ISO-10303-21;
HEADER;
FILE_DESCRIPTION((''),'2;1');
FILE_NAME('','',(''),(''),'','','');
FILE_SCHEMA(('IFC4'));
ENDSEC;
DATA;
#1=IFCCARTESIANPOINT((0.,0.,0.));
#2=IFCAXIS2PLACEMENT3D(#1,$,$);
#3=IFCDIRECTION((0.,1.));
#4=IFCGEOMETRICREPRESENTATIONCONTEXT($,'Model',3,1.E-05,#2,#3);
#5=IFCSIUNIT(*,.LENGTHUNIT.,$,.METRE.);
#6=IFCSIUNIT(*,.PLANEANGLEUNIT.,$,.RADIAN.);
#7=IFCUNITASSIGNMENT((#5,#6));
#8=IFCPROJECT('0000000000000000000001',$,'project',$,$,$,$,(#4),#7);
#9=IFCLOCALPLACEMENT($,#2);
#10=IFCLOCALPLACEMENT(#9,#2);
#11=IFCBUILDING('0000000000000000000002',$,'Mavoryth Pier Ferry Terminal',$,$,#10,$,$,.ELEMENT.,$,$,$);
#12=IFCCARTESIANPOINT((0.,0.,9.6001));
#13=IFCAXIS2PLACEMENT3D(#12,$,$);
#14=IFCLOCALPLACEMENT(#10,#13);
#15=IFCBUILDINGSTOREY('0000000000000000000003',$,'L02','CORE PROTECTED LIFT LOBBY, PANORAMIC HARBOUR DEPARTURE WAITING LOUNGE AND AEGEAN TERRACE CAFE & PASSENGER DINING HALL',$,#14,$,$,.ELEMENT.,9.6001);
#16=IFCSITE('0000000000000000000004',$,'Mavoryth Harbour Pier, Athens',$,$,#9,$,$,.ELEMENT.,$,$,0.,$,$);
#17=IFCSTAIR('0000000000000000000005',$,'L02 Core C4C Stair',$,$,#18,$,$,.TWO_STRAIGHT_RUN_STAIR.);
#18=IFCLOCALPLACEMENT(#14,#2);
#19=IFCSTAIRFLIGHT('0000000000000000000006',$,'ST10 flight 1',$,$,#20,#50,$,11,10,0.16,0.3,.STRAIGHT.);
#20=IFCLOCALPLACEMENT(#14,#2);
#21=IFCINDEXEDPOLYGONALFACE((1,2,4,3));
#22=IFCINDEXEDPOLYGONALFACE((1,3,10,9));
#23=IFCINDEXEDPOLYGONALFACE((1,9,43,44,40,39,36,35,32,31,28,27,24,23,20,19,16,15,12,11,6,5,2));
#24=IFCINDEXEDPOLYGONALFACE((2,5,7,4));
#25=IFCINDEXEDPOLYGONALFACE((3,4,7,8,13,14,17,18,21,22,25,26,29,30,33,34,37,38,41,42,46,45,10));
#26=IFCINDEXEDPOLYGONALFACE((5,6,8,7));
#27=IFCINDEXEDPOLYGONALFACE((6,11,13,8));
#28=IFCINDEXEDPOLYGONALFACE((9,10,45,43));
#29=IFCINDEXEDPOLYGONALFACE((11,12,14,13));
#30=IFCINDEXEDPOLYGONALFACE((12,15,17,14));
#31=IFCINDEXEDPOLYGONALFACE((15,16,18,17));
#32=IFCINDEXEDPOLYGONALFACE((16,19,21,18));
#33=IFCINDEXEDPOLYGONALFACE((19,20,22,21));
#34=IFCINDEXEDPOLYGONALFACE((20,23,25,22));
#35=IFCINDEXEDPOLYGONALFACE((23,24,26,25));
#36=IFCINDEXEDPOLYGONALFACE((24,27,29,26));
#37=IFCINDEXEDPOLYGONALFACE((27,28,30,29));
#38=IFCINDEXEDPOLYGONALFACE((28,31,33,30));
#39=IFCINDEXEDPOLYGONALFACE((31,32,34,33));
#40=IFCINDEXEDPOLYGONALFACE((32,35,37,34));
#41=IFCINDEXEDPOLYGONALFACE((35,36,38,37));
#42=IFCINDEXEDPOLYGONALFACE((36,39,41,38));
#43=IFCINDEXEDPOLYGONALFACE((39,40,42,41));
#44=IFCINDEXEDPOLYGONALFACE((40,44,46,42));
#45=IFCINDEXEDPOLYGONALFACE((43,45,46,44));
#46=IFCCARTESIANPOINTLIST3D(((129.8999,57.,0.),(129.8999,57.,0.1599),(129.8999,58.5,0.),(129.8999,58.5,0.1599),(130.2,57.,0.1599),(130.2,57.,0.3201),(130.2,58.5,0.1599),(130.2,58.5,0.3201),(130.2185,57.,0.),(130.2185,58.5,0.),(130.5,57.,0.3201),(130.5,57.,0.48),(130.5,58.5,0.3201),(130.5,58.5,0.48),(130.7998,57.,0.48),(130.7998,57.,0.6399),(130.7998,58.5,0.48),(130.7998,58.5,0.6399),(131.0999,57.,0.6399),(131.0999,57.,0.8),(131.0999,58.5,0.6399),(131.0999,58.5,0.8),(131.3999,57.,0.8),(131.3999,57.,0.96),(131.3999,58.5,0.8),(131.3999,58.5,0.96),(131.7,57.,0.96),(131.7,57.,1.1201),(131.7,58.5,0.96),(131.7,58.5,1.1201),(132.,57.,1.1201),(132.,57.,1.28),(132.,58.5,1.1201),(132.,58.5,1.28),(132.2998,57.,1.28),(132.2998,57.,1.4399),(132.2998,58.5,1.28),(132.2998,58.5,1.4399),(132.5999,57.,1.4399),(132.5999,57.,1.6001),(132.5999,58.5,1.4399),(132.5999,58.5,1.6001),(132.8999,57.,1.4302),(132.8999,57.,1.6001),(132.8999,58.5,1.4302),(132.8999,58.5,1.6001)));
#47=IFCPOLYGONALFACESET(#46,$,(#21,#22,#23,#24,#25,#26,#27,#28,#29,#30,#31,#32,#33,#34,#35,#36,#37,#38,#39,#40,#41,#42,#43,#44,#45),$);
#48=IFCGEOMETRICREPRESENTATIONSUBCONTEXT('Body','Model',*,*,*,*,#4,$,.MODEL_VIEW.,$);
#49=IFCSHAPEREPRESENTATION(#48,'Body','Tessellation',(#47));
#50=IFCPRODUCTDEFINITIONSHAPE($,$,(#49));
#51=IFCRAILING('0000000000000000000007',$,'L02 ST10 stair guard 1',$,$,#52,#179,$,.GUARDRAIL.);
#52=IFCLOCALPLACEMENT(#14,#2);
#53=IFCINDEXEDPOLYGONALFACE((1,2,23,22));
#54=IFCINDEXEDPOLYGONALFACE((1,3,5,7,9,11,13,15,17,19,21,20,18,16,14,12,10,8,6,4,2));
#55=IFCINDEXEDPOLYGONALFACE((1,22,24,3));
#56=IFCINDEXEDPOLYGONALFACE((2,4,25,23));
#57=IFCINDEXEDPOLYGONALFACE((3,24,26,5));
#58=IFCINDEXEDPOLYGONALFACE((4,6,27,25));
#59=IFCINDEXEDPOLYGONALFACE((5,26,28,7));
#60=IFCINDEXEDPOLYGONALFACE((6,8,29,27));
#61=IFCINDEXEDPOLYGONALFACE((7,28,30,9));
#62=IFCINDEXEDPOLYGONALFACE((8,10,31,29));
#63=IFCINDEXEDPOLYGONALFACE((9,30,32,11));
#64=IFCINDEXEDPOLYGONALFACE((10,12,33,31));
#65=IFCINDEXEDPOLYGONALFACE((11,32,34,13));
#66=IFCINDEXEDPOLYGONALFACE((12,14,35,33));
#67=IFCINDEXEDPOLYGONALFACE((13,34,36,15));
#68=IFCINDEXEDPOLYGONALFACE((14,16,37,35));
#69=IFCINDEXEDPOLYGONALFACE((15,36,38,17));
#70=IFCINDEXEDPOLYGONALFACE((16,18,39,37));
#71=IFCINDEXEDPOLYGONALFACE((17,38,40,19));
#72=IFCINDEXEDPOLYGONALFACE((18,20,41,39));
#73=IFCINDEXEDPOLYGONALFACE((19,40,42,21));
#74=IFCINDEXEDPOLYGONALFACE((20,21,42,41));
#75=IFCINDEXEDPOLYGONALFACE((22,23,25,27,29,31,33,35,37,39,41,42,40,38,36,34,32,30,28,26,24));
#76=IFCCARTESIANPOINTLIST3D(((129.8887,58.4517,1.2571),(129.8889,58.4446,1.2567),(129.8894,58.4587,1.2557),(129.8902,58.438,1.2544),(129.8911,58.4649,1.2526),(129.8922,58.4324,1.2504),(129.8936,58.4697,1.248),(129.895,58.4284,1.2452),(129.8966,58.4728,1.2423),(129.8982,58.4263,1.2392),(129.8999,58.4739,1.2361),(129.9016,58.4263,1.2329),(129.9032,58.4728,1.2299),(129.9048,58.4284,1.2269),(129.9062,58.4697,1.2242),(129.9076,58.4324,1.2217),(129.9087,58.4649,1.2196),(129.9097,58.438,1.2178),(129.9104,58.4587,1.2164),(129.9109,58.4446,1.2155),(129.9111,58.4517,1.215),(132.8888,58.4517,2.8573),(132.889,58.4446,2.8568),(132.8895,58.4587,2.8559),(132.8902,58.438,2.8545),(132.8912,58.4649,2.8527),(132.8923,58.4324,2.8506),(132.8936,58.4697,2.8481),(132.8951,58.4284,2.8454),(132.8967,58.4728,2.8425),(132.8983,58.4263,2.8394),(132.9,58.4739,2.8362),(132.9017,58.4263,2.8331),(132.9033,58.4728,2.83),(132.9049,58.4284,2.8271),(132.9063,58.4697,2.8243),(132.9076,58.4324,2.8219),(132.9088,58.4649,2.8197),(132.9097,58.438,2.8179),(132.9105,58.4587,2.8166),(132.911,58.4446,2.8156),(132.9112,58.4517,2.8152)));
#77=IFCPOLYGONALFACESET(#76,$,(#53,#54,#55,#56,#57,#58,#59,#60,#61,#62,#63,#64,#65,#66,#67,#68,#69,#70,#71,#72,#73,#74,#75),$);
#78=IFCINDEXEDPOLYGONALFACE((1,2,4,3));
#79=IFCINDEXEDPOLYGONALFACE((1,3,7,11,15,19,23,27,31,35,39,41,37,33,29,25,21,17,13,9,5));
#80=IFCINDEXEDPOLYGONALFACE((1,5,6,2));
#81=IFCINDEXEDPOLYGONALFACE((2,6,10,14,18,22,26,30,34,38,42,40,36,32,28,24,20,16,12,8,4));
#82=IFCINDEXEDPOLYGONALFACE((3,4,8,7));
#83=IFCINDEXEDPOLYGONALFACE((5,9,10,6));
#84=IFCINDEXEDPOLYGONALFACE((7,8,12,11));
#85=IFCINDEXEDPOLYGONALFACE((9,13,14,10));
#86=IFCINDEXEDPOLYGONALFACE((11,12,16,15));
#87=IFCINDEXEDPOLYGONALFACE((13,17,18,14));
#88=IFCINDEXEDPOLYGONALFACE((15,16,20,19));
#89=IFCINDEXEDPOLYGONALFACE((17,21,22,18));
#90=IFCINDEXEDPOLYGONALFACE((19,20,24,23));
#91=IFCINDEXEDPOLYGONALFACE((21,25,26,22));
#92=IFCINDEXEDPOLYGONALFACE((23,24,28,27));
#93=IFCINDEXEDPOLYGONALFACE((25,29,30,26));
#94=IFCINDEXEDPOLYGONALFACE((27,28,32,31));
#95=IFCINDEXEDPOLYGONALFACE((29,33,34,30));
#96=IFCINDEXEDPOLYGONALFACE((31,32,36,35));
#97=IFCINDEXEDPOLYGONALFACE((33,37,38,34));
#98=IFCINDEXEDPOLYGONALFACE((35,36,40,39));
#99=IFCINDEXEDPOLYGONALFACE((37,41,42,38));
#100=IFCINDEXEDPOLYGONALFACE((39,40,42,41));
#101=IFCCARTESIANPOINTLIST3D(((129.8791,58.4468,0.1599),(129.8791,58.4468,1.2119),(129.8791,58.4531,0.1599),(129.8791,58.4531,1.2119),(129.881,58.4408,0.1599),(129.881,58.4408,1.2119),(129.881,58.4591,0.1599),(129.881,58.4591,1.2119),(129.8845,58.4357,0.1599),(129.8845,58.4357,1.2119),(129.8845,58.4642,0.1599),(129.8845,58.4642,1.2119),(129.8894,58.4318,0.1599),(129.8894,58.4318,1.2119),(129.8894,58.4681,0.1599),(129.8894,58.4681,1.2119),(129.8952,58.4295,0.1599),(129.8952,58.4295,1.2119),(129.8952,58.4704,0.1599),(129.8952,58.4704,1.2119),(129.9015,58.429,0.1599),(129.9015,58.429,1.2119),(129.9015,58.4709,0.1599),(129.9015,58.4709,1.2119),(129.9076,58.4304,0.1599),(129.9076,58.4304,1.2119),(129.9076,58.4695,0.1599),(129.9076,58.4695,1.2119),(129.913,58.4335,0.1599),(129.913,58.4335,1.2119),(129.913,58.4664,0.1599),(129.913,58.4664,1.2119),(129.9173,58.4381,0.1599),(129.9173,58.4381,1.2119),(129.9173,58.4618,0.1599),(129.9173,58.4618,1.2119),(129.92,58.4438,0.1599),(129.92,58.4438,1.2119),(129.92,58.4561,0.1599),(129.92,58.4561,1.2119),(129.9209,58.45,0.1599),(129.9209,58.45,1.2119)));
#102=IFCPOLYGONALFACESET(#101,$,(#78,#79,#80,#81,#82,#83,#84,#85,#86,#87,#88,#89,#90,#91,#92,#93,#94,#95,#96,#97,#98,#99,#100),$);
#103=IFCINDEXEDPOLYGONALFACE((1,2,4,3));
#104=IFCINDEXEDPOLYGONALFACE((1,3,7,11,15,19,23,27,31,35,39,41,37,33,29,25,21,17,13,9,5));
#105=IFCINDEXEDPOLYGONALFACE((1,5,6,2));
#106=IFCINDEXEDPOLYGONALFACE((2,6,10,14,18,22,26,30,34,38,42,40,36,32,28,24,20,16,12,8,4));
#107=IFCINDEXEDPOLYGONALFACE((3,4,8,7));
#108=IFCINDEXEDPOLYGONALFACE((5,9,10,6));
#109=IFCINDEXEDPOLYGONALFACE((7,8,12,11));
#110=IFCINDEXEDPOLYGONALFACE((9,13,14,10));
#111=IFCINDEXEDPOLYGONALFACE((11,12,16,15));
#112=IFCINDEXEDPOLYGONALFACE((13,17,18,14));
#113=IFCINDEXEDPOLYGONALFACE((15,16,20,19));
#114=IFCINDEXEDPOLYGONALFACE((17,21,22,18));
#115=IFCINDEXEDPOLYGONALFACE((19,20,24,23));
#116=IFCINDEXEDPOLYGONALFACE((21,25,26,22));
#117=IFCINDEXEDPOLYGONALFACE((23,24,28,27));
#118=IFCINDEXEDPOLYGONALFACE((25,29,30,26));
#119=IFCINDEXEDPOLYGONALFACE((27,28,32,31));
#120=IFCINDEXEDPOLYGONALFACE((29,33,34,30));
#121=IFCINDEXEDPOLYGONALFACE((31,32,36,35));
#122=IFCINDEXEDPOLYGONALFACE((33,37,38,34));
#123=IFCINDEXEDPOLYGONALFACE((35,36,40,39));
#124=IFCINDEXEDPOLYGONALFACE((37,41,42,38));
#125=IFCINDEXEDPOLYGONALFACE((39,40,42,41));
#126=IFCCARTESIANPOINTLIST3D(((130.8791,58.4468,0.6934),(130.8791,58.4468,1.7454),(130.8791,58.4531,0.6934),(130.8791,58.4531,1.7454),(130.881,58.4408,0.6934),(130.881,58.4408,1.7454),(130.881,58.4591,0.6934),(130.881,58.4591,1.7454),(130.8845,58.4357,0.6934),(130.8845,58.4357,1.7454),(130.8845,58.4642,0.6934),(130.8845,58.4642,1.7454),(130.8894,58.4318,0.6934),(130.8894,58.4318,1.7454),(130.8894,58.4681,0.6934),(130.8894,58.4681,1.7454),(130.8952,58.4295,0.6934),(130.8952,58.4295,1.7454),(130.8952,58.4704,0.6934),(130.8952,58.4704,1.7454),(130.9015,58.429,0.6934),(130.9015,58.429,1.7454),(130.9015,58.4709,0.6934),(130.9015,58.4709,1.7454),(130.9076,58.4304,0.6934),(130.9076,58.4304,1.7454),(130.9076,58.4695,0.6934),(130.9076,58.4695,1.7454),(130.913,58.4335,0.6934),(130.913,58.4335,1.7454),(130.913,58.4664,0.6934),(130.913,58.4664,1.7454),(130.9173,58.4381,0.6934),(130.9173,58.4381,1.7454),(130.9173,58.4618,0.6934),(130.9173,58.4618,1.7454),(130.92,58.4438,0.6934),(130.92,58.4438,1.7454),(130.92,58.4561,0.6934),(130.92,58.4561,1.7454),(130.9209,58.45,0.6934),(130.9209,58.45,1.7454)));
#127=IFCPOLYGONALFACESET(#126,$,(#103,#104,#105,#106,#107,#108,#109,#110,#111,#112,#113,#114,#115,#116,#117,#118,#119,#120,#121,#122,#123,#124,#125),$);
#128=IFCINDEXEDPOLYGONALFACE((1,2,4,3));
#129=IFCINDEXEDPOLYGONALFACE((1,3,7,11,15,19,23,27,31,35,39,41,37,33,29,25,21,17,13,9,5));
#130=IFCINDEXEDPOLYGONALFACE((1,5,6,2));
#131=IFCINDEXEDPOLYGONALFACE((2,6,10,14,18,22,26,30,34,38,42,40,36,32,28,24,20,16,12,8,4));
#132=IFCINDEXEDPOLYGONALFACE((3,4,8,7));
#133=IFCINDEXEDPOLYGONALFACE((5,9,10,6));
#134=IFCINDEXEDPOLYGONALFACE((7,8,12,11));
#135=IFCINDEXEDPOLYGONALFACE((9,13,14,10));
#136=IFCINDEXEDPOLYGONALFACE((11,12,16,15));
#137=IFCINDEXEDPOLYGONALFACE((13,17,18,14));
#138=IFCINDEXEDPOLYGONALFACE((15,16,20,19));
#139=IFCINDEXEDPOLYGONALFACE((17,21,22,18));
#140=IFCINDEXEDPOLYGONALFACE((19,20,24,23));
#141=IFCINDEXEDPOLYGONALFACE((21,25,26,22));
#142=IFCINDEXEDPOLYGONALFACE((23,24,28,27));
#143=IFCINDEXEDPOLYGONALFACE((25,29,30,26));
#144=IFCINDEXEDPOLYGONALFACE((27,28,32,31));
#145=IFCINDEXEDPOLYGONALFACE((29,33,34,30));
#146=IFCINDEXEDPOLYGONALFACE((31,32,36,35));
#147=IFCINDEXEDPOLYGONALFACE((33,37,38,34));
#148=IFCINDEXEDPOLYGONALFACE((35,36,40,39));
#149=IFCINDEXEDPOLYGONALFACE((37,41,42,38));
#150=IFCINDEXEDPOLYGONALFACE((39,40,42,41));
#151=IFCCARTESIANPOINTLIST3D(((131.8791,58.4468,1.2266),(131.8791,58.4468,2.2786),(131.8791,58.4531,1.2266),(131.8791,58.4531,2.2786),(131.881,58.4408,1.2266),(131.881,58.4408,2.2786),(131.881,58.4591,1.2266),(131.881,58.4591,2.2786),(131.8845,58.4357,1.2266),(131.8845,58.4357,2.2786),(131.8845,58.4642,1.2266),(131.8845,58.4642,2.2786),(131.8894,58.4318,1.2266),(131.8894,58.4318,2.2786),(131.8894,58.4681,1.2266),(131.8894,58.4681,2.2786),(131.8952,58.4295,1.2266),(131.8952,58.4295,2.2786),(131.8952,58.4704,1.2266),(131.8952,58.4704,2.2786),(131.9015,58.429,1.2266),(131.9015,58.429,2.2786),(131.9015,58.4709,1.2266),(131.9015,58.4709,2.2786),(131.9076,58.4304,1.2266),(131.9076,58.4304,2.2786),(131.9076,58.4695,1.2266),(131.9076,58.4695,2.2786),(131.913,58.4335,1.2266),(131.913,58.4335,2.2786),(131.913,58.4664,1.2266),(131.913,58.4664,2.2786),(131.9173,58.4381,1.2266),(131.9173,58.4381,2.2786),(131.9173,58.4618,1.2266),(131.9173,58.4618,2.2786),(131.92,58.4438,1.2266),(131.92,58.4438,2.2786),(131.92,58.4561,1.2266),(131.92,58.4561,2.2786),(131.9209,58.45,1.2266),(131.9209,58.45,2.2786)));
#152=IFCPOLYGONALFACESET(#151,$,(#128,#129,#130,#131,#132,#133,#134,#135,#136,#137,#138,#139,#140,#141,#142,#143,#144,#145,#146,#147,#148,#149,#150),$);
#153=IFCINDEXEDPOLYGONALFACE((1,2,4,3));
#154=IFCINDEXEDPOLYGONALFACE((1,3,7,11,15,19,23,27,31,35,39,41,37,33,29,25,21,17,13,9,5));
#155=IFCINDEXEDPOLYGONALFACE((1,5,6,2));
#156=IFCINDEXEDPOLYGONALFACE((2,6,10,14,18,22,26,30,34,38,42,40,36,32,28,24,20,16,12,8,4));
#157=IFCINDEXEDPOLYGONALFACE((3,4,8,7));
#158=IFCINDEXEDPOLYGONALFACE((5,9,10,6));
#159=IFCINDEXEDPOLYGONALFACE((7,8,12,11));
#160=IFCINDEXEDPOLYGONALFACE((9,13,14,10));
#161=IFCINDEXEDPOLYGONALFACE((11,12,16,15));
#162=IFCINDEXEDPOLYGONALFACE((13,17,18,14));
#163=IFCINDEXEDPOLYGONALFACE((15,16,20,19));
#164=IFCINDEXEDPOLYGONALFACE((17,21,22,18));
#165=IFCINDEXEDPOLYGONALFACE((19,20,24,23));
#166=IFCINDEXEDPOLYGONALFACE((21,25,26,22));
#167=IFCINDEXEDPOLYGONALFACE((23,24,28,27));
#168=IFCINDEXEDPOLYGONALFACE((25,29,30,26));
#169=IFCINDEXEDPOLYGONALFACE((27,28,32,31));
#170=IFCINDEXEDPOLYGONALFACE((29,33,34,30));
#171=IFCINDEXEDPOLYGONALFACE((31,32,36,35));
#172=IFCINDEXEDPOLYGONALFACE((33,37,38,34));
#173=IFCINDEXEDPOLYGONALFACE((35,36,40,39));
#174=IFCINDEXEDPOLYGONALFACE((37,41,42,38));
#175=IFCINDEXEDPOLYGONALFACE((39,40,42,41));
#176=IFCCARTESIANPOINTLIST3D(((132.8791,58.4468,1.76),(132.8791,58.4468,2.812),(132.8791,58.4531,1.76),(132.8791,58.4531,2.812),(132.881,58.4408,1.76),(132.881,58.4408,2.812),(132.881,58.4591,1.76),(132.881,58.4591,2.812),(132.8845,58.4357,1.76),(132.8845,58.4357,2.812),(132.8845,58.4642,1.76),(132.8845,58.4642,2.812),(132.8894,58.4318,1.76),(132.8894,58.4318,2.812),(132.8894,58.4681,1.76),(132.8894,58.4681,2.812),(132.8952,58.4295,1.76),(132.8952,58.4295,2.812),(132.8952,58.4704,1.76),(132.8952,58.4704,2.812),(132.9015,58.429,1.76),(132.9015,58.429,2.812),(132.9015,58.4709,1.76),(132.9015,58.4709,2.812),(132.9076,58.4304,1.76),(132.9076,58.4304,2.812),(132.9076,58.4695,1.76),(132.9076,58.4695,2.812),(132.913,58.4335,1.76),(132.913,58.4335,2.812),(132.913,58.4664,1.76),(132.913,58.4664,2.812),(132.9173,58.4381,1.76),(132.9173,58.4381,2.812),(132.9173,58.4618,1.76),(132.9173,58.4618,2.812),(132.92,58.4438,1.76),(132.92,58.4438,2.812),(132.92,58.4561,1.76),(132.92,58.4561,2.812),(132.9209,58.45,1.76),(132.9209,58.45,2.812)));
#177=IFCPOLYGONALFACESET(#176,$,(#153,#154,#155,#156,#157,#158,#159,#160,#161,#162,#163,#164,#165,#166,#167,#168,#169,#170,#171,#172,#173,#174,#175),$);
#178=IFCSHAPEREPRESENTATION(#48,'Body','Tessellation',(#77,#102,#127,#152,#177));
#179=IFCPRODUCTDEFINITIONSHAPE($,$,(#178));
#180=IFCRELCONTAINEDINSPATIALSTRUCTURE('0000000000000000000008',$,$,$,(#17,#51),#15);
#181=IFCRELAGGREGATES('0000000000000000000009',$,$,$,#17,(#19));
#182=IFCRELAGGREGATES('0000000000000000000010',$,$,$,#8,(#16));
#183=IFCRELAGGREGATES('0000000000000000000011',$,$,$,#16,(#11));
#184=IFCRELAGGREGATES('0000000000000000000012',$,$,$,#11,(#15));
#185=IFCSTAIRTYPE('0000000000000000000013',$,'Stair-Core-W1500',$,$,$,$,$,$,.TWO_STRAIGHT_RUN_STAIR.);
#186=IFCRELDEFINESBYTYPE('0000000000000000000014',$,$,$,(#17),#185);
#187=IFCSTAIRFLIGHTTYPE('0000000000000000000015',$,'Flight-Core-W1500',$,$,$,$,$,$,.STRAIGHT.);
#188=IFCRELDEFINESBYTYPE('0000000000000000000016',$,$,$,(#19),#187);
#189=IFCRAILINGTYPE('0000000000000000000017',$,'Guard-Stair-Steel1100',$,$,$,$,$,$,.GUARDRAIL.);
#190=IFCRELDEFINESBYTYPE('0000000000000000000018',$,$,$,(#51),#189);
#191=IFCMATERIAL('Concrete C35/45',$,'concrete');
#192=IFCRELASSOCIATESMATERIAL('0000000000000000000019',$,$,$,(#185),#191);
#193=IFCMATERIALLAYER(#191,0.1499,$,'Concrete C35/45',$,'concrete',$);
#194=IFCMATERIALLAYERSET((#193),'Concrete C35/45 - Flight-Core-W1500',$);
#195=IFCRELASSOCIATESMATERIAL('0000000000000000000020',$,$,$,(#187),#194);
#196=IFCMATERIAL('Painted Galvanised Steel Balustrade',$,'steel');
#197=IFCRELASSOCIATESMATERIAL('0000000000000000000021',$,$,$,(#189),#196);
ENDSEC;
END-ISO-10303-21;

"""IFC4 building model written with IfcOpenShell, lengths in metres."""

from ifc_helpers import new_model, si_unit, direction, frame, origin, origin_2d, place, context, subcontext, project, spatial, polyline, circle, outline, extrude, material, layer, layer_set, type_object, element, aggregate, save


model = new_model("IFC4")

# Units and contexts
model_context = context("Model", 3, precision=1e-05, world=origin(), true_north=direction((0.0, 1.0)))
body_context = subcontext(model_context, "Body", "Model", "MODEL_VIEW")
ifc_project = project(units=[si_unit("LENGTHUNIT", "METRE"), si_unit("PLANEANGLEUNIT", "RADIAN")], contexts=[model_context])

# Site, building, storey
site_placement = place(None, origin())
site = spatial("IfcSite", under=ifc_project, at=site_placement, Name="Mavoryth Harbour Pier, Athens", CompositionType="ELEMENT", RefElevation=0.0)
building_placement = place(site_placement, origin())
building = spatial("IfcBuilding", under=site, at=building_placement, Name="Mavoryth Pier Ferry Terminal", CompositionType="ELEMENT")
storey_placement = place(building_placement, frame((0.0, 0.0, 9.6001)))
storey = spatial("IfcBuildingStorey", under=building, at=storey_placement, Name="L02", Description="CORE PROTECTED LIFT LOBBY, PANORAMIC HARBOUR DEPARTURE WAITING LOUNGE AND AEGEAN TERRACE CAFE & PASSENGER DINING HALL", CompositionType="ELEMENT", Elevation=9.6001)

# Shared definitions
ifc_material_1 = material(Name="Concrete C35/45", Category="concrete")

# Stair, stair flight
stair_type = type_object("IfcStairType", Name="Stair-Core-W1500", PredefinedType="TWO_STRAIGHT_RUN_STAIR", material=ifc_material_1)
stair_placement = place(storey_placement, origin())
stair = element("IfcStair", 1, at=stair_placement, inside=storey, type_object=stair_type, Name="L02 Core C4C Stair", PredefinedType="TWO_STRAIGHT_RUN_STAIR")
ifc_layer_1 = layer(ifc_material_1, 0.1499, Name="Concrete C35/45", Category="concrete")
ifc_layer_set_1 = layer_set([ifc_layer_1], Name="Concrete C35/45 - Flight-Core-W1500")
stair_flight_type = type_object("IfcStairFlightType", Name="Flight-Core-W1500", PredefinedType="STRAIGHT", material=ifc_layer_set_1)
stair_flight_placement = place(storey_placement, frame((129.8999, 57.75, 0.0), z_axis=(0.0, 0.0, 1.0), x_axis=(1.0, 0.0, 0.0)))
stair_flight = element("IfcStairFlight", 2, at=stair_flight_placement, type_object=stair_flight_type, Name="ST10 flight 1", NumberOfRisers=11, NumberOfTreads=10, PredefinedType="STRAIGHT", RiserHeight=0.16, TreadLength=0.3, context=body_context, shape_type="SweptSolid", body=[
    extrude(outline(polyline([(0.0, 0.0), (0.0, 0.1599), (0.3, 0.1599), (0.3, 0.3201), (0.6001, 0.3201), (0.6001, 0.48), (0.8999, 0.48), (0.8999, 0.6399), (1.2, 0.6399), (1.2, 0.8), (1.5, 0.8), (1.5, 0.96), (1.8, 0.96), (1.8, 1.1201), (2.1001, 1.1201), (2.1001, 1.28), (2.3999, 1.28), (2.3999, 1.4399), (2.7, 1.4399), (2.7, 1.6001), (3.0, 1.6001), (3.0, 1.76), (3.0, 1.4302), (0.3186, 0.0), (0.0, 0.0)])), frame((0.0, 0.75, 0.0), z_axis=(0.0, -1.0, 0.0), x_axis=(1.0, 0.0, 0.0)), (0.0, 0.0, 1.0), 1.5),
])
aggregate(stair, [stair_flight])

# Railing
ifc_material_2 = material(Name="Painted Galvanised Steel Balustrade", Category="steel")
railing_type_1 = type_object("IfcRailingType", Name="Guard-Stair-Steel1100", PredefinedType="GUARDRAIL", material=ifc_material_2)
railing_1_placement = place(storey_placement, frame((129.8999, 58.45, 0.1599)))
element("IfcRailing", 3, at=railing_1_placement, inside=storey, type_object=railing_type_1, Name="L02 ST10 stair guard 1", PredefinedType="GUARDRAIL", context=body_context, shape_type="SweptSolid", body=[
    extrude(circle(Radius=0.0239, at=origin_2d()), frame((0.0, 0.0, 1.0762), z_axis=(0.882341, 0.0, 0.470611), x_axis=(0.0, 1.0, 0.0)), (0.0, 0.0, 1.0), 3.4001),
    extrude(circle(Radius=0.021, at=origin_2d()), origin(), (0.0, 0.0, 1.0), 1.052),
    extrude(circle(Radius=0.021, at=origin_2d()), frame((1.0, 0.0, 0.5334)), (0.0, 0.0, 1.0), 1.052),
    extrude(circle(Radius=0.021, at=origin_2d()), frame((2.0, 0.0, 1.0667)), (0.0, 0.0, 1.0), 1.052),
    extrude(circle(Radius=0.021, at=origin_2d()), frame((3.0, 0.0, 1.6001)), (0.0, 0.0, 1.0), 1.052),
])

save(model, "model.ifc")
